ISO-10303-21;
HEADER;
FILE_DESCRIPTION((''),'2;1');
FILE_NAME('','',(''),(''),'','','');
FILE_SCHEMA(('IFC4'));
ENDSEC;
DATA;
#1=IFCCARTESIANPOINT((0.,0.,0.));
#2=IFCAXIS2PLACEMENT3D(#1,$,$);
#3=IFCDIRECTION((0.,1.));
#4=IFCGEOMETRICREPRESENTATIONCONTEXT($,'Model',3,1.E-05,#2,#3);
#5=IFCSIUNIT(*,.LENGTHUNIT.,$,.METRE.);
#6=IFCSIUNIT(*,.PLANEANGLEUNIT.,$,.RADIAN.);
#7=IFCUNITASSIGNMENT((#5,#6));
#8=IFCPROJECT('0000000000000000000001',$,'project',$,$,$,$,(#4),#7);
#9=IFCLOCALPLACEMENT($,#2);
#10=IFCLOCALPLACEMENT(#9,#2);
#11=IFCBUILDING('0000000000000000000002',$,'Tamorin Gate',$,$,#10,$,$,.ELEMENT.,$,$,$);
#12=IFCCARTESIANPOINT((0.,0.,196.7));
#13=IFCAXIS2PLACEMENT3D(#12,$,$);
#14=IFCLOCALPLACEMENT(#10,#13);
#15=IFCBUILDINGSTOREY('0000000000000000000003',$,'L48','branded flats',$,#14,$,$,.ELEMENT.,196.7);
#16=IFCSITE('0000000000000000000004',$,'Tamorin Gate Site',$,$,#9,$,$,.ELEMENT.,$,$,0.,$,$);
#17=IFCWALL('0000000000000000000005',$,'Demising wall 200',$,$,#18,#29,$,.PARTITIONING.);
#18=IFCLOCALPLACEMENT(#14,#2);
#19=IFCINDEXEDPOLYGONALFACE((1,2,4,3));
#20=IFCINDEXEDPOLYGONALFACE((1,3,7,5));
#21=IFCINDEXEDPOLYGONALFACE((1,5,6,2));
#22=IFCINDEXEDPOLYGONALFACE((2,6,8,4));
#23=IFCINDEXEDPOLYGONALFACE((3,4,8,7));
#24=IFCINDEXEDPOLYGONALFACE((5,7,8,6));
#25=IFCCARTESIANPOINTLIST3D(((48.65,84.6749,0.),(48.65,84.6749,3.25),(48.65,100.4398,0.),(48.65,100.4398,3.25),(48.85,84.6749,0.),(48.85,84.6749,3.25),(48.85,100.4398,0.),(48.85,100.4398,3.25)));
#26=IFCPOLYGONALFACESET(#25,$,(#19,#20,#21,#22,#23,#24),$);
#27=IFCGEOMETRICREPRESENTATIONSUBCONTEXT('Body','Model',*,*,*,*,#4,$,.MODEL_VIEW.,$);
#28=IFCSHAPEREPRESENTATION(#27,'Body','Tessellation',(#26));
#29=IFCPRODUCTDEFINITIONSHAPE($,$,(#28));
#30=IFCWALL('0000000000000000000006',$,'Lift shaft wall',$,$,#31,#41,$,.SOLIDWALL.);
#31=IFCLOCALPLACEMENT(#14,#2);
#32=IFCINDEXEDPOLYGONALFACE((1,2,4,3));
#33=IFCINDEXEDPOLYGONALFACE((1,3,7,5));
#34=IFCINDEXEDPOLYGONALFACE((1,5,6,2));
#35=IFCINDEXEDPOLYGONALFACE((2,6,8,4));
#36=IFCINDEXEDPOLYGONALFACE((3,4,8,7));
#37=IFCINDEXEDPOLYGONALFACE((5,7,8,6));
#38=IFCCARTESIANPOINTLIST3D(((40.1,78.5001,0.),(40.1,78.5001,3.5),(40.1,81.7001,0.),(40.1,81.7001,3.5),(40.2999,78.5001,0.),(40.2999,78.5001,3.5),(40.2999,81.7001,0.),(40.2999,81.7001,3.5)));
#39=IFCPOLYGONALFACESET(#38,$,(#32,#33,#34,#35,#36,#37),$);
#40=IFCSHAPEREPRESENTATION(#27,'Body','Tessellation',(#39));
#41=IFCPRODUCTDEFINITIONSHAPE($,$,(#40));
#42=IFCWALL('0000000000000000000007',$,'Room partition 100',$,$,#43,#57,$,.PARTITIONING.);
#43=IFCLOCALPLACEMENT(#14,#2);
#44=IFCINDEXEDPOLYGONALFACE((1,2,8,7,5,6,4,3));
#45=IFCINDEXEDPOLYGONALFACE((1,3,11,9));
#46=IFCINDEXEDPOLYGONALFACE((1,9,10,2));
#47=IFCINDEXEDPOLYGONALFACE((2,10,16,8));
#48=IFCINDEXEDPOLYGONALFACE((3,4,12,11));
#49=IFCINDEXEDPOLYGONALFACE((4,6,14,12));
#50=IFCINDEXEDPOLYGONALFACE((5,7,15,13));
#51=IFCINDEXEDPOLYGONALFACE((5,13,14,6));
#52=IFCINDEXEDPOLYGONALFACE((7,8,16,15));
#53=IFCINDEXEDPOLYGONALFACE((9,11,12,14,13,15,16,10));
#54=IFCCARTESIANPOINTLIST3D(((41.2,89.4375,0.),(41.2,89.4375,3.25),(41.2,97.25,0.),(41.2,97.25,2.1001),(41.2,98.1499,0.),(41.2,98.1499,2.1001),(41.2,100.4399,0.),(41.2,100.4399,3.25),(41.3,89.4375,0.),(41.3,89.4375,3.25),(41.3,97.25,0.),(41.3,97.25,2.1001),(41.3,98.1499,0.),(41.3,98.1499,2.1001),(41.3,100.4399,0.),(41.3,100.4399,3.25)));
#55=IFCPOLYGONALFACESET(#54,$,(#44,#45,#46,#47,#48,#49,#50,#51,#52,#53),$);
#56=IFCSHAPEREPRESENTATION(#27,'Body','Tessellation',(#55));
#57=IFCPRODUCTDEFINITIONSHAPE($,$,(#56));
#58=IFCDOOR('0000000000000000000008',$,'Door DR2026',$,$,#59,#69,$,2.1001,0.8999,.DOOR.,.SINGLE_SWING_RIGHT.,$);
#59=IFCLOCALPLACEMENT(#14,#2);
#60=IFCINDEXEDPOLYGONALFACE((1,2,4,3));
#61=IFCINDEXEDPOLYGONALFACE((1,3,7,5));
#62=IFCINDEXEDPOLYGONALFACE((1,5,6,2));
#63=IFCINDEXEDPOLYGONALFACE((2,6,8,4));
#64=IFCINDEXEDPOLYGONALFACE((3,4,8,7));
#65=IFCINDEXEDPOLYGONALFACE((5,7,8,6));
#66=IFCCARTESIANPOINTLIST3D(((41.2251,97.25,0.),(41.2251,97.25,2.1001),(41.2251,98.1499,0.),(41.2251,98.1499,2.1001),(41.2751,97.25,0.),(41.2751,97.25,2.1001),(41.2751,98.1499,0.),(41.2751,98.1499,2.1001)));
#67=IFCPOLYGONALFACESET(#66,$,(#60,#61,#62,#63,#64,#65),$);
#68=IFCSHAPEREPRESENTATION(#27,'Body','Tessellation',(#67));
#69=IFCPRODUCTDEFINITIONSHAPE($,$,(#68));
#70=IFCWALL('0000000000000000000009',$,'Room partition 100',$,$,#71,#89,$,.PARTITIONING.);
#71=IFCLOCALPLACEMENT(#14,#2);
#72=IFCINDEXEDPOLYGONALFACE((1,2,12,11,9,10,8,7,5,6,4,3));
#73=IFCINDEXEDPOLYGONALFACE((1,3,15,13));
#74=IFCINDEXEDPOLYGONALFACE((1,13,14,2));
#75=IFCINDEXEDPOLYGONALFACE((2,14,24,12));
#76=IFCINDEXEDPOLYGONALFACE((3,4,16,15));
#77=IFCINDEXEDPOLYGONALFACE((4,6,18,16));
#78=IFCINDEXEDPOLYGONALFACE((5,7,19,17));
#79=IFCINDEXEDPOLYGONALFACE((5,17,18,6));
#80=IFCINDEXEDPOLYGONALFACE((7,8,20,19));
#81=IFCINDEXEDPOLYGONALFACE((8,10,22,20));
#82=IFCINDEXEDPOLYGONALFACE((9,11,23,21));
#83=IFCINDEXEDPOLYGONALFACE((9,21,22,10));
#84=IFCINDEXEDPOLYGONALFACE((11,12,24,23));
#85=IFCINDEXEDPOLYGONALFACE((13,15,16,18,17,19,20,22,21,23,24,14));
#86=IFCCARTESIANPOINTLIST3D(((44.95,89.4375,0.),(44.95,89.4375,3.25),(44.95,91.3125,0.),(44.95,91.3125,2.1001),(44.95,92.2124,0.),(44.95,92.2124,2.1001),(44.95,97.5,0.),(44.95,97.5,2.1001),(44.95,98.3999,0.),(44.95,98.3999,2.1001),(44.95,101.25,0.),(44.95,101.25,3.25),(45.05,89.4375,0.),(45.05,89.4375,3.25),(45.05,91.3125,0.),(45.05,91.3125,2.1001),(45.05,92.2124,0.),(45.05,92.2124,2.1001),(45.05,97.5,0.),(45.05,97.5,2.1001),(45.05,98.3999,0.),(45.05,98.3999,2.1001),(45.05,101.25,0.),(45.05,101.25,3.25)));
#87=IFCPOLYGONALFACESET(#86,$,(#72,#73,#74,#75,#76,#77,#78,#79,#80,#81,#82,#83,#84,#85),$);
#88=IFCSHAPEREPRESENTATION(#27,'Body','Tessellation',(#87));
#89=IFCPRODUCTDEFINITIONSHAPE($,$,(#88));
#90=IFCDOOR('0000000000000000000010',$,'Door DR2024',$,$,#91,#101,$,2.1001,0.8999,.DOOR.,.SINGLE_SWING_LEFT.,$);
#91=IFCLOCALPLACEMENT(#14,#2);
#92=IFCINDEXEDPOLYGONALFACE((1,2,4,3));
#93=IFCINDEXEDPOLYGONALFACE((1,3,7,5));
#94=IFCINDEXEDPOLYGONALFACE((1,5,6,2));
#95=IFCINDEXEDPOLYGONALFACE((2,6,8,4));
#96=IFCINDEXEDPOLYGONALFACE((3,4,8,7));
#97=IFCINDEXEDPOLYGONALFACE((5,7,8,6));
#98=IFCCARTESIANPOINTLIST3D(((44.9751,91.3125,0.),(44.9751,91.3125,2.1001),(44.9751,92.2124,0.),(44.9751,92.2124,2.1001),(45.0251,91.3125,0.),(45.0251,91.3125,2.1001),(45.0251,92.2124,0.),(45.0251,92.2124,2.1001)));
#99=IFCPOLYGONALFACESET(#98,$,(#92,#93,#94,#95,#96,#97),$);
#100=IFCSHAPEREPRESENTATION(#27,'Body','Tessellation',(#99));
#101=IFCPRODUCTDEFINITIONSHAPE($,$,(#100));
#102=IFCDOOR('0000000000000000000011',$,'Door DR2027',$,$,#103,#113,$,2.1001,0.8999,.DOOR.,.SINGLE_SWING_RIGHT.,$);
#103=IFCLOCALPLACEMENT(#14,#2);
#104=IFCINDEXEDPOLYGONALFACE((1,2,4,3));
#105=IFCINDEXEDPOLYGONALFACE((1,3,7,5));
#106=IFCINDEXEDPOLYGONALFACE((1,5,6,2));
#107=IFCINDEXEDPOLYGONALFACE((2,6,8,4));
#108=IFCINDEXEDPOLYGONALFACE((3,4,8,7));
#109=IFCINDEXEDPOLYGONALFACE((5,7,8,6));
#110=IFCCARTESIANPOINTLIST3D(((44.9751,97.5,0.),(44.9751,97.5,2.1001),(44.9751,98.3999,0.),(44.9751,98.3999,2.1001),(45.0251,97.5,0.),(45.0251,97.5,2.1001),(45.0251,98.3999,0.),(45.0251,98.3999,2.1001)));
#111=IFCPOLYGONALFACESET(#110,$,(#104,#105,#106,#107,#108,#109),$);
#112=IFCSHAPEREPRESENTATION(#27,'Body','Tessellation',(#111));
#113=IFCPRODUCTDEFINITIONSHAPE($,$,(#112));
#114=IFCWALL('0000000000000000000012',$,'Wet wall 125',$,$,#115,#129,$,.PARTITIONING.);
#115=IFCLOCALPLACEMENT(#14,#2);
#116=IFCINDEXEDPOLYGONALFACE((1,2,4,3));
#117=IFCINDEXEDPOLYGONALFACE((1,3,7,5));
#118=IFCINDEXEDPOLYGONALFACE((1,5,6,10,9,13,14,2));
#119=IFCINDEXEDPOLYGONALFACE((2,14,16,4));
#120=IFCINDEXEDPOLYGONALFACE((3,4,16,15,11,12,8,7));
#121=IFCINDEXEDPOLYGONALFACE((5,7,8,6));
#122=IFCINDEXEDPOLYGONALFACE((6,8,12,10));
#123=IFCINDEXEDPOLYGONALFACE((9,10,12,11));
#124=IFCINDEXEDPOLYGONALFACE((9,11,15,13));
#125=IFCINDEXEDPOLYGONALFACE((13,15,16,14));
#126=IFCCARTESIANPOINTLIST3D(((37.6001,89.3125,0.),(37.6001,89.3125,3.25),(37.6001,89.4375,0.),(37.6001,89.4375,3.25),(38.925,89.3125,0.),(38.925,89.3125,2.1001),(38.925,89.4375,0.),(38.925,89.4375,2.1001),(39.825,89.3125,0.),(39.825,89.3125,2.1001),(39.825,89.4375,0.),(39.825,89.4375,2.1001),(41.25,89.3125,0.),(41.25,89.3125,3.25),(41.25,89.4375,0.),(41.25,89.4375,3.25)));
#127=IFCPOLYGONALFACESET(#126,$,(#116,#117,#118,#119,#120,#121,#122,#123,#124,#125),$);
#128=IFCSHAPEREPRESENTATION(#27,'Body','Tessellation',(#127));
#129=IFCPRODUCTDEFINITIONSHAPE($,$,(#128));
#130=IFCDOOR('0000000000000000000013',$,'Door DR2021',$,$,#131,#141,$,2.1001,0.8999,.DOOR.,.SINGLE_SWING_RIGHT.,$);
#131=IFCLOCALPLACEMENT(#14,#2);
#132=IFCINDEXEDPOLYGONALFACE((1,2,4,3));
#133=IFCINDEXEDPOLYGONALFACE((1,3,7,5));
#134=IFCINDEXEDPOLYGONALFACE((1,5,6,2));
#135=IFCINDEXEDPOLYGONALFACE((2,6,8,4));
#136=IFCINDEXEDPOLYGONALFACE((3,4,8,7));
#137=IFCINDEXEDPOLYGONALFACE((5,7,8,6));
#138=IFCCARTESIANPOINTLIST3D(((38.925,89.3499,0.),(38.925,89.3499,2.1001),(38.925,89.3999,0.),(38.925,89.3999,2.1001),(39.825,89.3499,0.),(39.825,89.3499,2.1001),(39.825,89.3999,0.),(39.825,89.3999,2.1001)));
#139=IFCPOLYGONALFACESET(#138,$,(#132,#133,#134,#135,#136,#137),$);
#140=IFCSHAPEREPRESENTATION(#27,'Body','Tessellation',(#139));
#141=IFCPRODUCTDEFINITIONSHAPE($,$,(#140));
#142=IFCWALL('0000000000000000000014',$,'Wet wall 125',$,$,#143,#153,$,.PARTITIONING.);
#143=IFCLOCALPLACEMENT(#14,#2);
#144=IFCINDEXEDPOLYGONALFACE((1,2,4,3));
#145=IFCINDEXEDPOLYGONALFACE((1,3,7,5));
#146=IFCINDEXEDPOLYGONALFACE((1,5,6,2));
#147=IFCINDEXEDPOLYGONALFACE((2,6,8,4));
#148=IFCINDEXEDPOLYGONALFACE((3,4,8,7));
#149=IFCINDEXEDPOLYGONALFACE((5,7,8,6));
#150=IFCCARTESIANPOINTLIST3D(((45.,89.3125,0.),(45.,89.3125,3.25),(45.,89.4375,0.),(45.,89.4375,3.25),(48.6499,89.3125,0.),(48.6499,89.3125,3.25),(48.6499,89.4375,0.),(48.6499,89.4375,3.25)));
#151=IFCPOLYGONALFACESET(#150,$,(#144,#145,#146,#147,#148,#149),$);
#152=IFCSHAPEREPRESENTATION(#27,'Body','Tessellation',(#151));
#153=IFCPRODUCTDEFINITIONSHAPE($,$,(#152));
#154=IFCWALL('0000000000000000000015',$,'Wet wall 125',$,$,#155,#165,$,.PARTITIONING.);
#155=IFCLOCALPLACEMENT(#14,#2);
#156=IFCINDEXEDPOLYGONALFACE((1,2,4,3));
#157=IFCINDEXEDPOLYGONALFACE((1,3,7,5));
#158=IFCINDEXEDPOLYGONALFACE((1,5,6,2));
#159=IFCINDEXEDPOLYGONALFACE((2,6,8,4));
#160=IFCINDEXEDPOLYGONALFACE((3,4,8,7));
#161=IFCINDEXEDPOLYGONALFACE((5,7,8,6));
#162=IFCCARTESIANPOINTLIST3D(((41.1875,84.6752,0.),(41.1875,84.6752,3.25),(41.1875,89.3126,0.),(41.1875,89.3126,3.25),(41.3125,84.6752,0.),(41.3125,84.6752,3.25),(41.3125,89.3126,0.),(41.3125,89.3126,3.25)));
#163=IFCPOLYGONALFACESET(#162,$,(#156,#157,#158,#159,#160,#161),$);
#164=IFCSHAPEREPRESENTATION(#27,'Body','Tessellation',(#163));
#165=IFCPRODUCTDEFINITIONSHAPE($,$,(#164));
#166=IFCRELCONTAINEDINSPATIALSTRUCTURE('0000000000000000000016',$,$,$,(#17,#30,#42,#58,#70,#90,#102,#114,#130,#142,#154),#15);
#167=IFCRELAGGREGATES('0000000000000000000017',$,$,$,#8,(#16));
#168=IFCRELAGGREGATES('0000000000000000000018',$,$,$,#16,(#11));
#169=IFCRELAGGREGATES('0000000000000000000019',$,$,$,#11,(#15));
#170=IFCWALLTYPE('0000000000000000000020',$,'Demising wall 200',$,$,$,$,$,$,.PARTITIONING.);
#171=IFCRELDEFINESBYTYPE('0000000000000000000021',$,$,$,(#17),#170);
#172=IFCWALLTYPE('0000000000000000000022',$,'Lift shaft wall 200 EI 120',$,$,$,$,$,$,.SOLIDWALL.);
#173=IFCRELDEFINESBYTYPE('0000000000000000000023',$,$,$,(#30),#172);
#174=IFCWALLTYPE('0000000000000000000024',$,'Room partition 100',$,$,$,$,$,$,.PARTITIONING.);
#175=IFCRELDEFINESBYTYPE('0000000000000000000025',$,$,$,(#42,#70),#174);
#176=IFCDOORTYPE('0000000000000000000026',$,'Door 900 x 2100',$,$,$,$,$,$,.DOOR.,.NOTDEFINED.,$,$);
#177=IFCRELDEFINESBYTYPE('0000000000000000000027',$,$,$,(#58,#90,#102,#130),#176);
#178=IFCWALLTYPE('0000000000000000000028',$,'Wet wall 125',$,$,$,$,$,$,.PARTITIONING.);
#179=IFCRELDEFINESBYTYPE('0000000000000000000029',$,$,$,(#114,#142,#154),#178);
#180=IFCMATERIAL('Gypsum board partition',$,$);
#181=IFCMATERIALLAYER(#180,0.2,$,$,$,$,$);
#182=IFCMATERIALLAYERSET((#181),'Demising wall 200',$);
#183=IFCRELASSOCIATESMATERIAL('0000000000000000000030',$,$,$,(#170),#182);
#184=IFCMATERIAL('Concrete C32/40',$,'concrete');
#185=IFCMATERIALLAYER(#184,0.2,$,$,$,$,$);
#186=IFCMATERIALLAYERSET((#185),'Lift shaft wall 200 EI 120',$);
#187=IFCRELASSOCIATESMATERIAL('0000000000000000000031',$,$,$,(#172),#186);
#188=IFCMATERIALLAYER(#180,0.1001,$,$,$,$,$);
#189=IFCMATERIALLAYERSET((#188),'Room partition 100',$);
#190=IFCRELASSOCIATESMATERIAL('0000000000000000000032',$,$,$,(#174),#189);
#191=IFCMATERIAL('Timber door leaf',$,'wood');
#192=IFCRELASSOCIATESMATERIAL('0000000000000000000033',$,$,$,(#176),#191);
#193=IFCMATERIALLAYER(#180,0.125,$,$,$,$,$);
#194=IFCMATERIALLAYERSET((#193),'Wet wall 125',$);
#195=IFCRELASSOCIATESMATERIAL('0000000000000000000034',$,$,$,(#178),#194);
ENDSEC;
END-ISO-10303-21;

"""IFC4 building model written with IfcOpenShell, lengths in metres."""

from ifc_helpers import new_model, si_unit, direction, frame, frame_2d, origin, place, context, subcontext, project, spatial, rectangle, extrude, material, layer, layer_set, type_object, element, fill, save


model = new_model("IFC4")

# Units and contexts
model_context = context("Model", 3, precision=1e-05, world=origin(), true_north=direction((0.0, 1.0)))
body_context = subcontext(model_context, "Body", "Model", "MODEL_VIEW")
ifc_project = project(units=[si_unit("LENGTHUNIT", "METRE"), si_unit("PLANEANGLEUNIT", "RADIAN")], contexts=[model_context])

# Site, building, storey
site_placement = place(None, origin())
site = spatial("IfcSite", under=ifc_project, at=site_placement, Name="Tamorin Gate Site", CompositionType="ELEMENT", RefElevation=0.0)
building_placement = place(site_placement, origin())
building = spatial("IfcBuilding", under=site, at=building_placement, Name="Tamorin Gate", CompositionType="ELEMENT")
storey_placement = place(building_placement, frame((0.0, 0.0, 196.7)))
storey = spatial("IfcBuildingStorey", under=building, at=storey_placement, Name="L48", Description="branded flats", CompositionType="ELEMENT", Elevation=196.7)

# Walls
ifc_material_1 = material(Name="Gypsum board partition")
ifc_layer_1 = layer(ifc_material_1, 0.2)
ifc_layer_set_1 = layer_set([ifc_layer_1], Name="Demising wall 200")
wall_type_1 = type_object("IfcWallType", Name="Demising wall 200", PredefinedType="PARTITIONING", material=ifc_layer_set_1)
wall_1_placement = place(storey_placement, frame((48.75, 84.675, 0.0), z_axis=(0.0, 0.0, 1.0), x_axis=(0.0, 1.0, 0.0)))
element("IfcWall", 1, at=wall_1_placement, inside=storey, type_object=wall_type_1, Name="Demising wall 200", PredefinedType="PARTITIONING", context=body_context, shape_type="SweptSolid", body=[
    extrude(rectangle(XDim=15.7649, YDim=0.2, at=frame_2d((7.8823, 0.0))), origin(), (0.0, 0.0, 1.0), 3.25),
])
ifc_material_2 = material(Name="Concrete C32/40", Category="concrete")
ifc_layer_2 = layer(ifc_material_2, 0.2)
ifc_layer_set_2 = layer_set([ifc_layer_2], Name="Lift shaft wall 200 EI 120")
wall_type_2 = type_object("IfcWallType", Name="Lift shaft wall 200 EI 120", PredefinedType="SOLIDWALL", material=ifc_layer_set_2)
wall_2_placement = place(storey_placement, frame((40.2, 78.5, 0.0), z_axis=(0.0, 0.0, 1.0), x_axis=(0.0, 1.0, 0.0)))
element("IfcWall", 2, at=wall_2_placement, inside=storey, type_object=wall_type_2, Name="Lift shaft wall", PredefinedType="SOLIDWALL", context=body_context, shape_type="SweptSolid", body=[
    extrude(rectangle(XDim=3.2, YDim=0.2, at=frame_2d((1.6001, 0.0))), origin(), (0.0, 0.0, 1.0), 3.5),
])

# Wall, opening, door
ifc_layer_3 = layer(ifc_material_1, 0.1001)
ifc_layer_set_3 = layer_set([ifc_layer_3], Name="Room partition 100")
wall_type_3 = type_object("IfcWallType", Name="Room partition 100", PredefinedType="PARTITIONING", material=ifc_layer_set_3)
wall_3_placement = place(storey_placement, frame((41.25, 89.4375, 0.0), z_axis=(0.0, 0.0, 1.0), x_axis=(0.0, 1.0, 0.0)))
wall_3 = element("IfcWall", 3, at=wall_3_placement, inside=storey, type_object=wall_type_3, Name="Room partition 100", PredefinedType="PARTITIONING", context=body_context, shape_type="SweptSolid", body=[
    extrude(rectangle(XDim=11.0024, YDim=0.1001, at=frame_2d((5.5012, 0.0))), origin(), (0.0, 0.0, 1.0), 3.25),
])
opening_1_placement = place(wall_3_placement, frame((7.8125, 0.0, 0.0)))
opening_1 = element("IfcOpeningElement", 4, at=opening_1_placement, cuts=wall_3, PredefinedType="OPENING", context=body_context, shape_type="SweptSolid", body=[
    extrude(rectangle(XDim=0.8999, YDim=2.1001, at=frame_2d((0.45, 1.05))), frame((0.0, 0.0601, 0.0), z_axis=(0.0, -1.0, 0.0), x_axis=(1.0, 0.0, 0.0)), (0.0, 0.0, 1.0), 0.1201),
])
ifc_material_3 = material(Name="Timber door leaf", Category="wood")
door_type = type_object("IfcDoorType", Name="Door 900 x 2100", OperationType="NOTDEFINED", PredefinedType="DOOR", material=ifc_material_3)
door_1_placement = place(opening_1_placement, origin())
door_1 = element("IfcDoor", 5, at=door_1_placement, inside=storey, type_object=door_type, Name="Door DR2026", OperationType="SINGLE_SWING_RIGHT", OverallHeight=2.1001, OverallWidth=0.8999, PredefinedType="DOOR", context=body_context, shape_type="SweptSolid", body=[
    extrude(rectangle(XDim=0.8999, YDim=2.1001, at=frame_2d((0.45, 1.05))), frame((0.0, 0.0249, 0.0), z_axis=(0.0, -1.0, 0.0), x_axis=(1.0, 0.0, 0.0)), (0.0, 0.0, 1.0), 0.05),
])
fill(opening_1, door_1)

# Wall, openings, doors
wall_4_placement = place(storey_placement, frame((45.0, 89.4375, 0.0), z_axis=(0.0, 0.0, 1.0), x_axis=(0.0, 1.0, 0.0)))
wall_4 = element("IfcWall", 6, at=wall_4_placement, inside=storey, type_object=wall_type_3, Name="Room partition 100", PredefinedType="PARTITIONING", context=body_context, shape_type="SweptSolid", body=[
    extrude(rectangle(XDim=11.8125, YDim=0.1001, at=frame_2d((5.9062, 0.0))), origin(), (0.0, 0.0, 1.0), 3.25),
])
opening_2_placement = place(wall_4_placement, frame((1.875, 0.0, 0.0)))
opening_2 = element("IfcOpeningElement", 7, at=opening_2_placement, cuts=wall_4, PredefinedType="OPENING", context=body_context, shape_type="SweptSolid", body=[
    extrude(rectangle(XDim=0.8999, YDim=2.1001, at=frame_2d((0.45, 1.05))), frame((0.0, 0.0601, 0.0), z_axis=(0.0, -1.0, 0.0), x_axis=(1.0, 0.0, 0.0)), (0.0, 0.0, 1.0), 0.1201),
])
opening_3_placement = place(wall_4_placement, frame((8.0625, 0.0, 0.0)))
opening_3 = element("IfcOpeningElement", 8, at=opening_3_placement, cuts=wall_4, PredefinedType="OPENING", context=body_context, shape_type="SweptSolid", body=[
    extrude(rectangle(XDim=0.8999, YDim=2.1001, at=frame_2d((0.45, 1.05))), frame((0.0, 0.0601, 0.0), z_axis=(0.0, -1.0, 0.0), x_axis=(1.0, 0.0, 0.0)), (0.0, 0.0, 1.0), 0.1201),
])
door_2_placement = place(opening_2_placement, origin())
door_2 = element("IfcDoor", 9, at=door_2_placement, inside=storey, type_object=door_type, Name="Door DR2024", OperationType="SINGLE_SWING_LEFT", OverallHeight=2.1001, OverallWidth=0.8999, PredefinedType="DOOR", context=body_context, shape_type="SweptSolid", body=[
    extrude(rectangle(XDim=0.8999, YDim=2.1001, at=frame_2d((0.45, 1.05))), frame((0.0, 0.0249, 0.0), z_axis=(0.0, -1.0, 0.0), x_axis=(1.0, 0.0, 0.0)), (0.0, 0.0, 1.0), 0.05),
])
fill(opening_2, door_2)
door_3_placement = place(opening_3_placement, origin())
door_3 = element("IfcDoor", 10, at=door_3_placement, inside=storey, type_object=door_type, Name="Door DR2027", OperationType="SINGLE_SWING_RIGHT", OverallHeight=2.1001, OverallWidth=0.8999, PredefinedType="DOOR", context=body_context, shape_type="SweptSolid", body=[
    extrude(rectangle(XDim=0.8999, YDim=2.1001, at=frame_2d((0.45, 1.05))), frame((0.0, 0.0249, 0.0), z_axis=(0.0, -1.0, 0.0), x_axis=(1.0, 0.0, 0.0)), (0.0, 0.0, 1.0), 0.05),
])
fill(opening_3, door_3)

# Wall, opening, door
ifc_layer_4 = layer(ifc_material_1, 0.125)
ifc_layer_set_4 = layer_set([ifc_layer_4], Name="Wet wall 125")
wall_type_4 = type_object("IfcWallType", Name="Wet wall 125", PredefinedType="PARTITIONING", material=ifc_layer_set_4)
wall_5_placement = place(storey_placement, frame((37.6001, 89.375, 0.0), z_axis=(0.0, 0.0, 1.0), x_axis=(1.0, 0.0, 0.0)))
wall_5 = element("IfcWall", 11, at=wall_5_placement, inside=storey, type_object=wall_type_4, Name="Wet wall 125", PredefinedType="PARTITIONING", context=body_context, shape_type="SweptSolid", body=[
    extrude(rectangle(XDim=3.6499, YDim=0.125, at=frame_2d((1.825, 0.0))), origin(), (0.0, 0.0, 1.0), 3.25),
])
opening_4_placement = place(wall_5_placement, frame((1.325, 0.0, 0.0)))
opening_4 = element("IfcOpeningElement", 12, at=opening_4_placement, cuts=wall_5, PredefinedType="OPENING", context=body_context, shape_type="SweptSolid", body=[
    extrude(rectangle(XDim=0.8999, YDim=2.1001, at=frame_2d((0.45, 1.05))), frame((0.0, 0.0725, 0.0), z_axis=(0.0, -1.0, 0.0), x_axis=(1.0, 0.0, 0.0)), (0.0, 0.0, 1.0), 0.145),
])
door_4_placement = place(opening_4_placement, origin())
door_4 = element("IfcDoor", 13, at=door_4_placement, inside=storey, type_object=door_type, Name="Door DR2021", OperationType="SINGLE_SWING_RIGHT", OverallHeight=2.1001, OverallWidth=0.8999, PredefinedType="DOOR", context=body_context, shape_type="SweptSolid", body=[
    extrude(rectangle(XDim=0.8999, YDim=2.1001, at=frame_2d((0.45, 1.05))), frame((0.0, 0.0249, 0.0), z_axis=(0.0, -1.0, 0.0), x_axis=(1.0, 0.0, 0.0)), (0.0, 0.0, 1.0), 0.05),
])
fill(opening_4, door_4)

# Walls
wall_6_placement = place(storey_placement, frame((45.0, 89.375, 0.0), z_axis=(0.0, 0.0, 1.0), x_axis=(1.0, 0.0, 0.0)))
element("IfcWall", 14, at=wall_6_placement, inside=storey, type_object=wall_type_4, Name="Wet wall 125", PredefinedType="PARTITIONING", context=body_context, shape_type="SweptSolid", body=[
    extrude(rectangle(XDim=3.6499, YDim=0.125, at=frame_2d((1.825, 0.0))), origin(), (0.0, 0.0, 1.0), 3.25),
])
wall_7_placement = place(storey_placement, frame((41.25, 84.675, 0.0), z_axis=(0.0, 0.0, 1.0), x_axis=(0.0, 1.0, 0.0)))
element("IfcWall", 15, at=wall_7_placement, inside=storey, type_object=wall_type_4, Name="Wet wall 125", PredefinedType="PARTITIONING", context=body_context, shape_type="SweptSolid", body=[
    extrude(rectangle(XDim=4.6375, YDim=0.125, at=frame_2d((2.3188, 0.0))), origin(), (0.0, 0.0, 1.0), 3.25),
])

save(model, "model.ifc")
